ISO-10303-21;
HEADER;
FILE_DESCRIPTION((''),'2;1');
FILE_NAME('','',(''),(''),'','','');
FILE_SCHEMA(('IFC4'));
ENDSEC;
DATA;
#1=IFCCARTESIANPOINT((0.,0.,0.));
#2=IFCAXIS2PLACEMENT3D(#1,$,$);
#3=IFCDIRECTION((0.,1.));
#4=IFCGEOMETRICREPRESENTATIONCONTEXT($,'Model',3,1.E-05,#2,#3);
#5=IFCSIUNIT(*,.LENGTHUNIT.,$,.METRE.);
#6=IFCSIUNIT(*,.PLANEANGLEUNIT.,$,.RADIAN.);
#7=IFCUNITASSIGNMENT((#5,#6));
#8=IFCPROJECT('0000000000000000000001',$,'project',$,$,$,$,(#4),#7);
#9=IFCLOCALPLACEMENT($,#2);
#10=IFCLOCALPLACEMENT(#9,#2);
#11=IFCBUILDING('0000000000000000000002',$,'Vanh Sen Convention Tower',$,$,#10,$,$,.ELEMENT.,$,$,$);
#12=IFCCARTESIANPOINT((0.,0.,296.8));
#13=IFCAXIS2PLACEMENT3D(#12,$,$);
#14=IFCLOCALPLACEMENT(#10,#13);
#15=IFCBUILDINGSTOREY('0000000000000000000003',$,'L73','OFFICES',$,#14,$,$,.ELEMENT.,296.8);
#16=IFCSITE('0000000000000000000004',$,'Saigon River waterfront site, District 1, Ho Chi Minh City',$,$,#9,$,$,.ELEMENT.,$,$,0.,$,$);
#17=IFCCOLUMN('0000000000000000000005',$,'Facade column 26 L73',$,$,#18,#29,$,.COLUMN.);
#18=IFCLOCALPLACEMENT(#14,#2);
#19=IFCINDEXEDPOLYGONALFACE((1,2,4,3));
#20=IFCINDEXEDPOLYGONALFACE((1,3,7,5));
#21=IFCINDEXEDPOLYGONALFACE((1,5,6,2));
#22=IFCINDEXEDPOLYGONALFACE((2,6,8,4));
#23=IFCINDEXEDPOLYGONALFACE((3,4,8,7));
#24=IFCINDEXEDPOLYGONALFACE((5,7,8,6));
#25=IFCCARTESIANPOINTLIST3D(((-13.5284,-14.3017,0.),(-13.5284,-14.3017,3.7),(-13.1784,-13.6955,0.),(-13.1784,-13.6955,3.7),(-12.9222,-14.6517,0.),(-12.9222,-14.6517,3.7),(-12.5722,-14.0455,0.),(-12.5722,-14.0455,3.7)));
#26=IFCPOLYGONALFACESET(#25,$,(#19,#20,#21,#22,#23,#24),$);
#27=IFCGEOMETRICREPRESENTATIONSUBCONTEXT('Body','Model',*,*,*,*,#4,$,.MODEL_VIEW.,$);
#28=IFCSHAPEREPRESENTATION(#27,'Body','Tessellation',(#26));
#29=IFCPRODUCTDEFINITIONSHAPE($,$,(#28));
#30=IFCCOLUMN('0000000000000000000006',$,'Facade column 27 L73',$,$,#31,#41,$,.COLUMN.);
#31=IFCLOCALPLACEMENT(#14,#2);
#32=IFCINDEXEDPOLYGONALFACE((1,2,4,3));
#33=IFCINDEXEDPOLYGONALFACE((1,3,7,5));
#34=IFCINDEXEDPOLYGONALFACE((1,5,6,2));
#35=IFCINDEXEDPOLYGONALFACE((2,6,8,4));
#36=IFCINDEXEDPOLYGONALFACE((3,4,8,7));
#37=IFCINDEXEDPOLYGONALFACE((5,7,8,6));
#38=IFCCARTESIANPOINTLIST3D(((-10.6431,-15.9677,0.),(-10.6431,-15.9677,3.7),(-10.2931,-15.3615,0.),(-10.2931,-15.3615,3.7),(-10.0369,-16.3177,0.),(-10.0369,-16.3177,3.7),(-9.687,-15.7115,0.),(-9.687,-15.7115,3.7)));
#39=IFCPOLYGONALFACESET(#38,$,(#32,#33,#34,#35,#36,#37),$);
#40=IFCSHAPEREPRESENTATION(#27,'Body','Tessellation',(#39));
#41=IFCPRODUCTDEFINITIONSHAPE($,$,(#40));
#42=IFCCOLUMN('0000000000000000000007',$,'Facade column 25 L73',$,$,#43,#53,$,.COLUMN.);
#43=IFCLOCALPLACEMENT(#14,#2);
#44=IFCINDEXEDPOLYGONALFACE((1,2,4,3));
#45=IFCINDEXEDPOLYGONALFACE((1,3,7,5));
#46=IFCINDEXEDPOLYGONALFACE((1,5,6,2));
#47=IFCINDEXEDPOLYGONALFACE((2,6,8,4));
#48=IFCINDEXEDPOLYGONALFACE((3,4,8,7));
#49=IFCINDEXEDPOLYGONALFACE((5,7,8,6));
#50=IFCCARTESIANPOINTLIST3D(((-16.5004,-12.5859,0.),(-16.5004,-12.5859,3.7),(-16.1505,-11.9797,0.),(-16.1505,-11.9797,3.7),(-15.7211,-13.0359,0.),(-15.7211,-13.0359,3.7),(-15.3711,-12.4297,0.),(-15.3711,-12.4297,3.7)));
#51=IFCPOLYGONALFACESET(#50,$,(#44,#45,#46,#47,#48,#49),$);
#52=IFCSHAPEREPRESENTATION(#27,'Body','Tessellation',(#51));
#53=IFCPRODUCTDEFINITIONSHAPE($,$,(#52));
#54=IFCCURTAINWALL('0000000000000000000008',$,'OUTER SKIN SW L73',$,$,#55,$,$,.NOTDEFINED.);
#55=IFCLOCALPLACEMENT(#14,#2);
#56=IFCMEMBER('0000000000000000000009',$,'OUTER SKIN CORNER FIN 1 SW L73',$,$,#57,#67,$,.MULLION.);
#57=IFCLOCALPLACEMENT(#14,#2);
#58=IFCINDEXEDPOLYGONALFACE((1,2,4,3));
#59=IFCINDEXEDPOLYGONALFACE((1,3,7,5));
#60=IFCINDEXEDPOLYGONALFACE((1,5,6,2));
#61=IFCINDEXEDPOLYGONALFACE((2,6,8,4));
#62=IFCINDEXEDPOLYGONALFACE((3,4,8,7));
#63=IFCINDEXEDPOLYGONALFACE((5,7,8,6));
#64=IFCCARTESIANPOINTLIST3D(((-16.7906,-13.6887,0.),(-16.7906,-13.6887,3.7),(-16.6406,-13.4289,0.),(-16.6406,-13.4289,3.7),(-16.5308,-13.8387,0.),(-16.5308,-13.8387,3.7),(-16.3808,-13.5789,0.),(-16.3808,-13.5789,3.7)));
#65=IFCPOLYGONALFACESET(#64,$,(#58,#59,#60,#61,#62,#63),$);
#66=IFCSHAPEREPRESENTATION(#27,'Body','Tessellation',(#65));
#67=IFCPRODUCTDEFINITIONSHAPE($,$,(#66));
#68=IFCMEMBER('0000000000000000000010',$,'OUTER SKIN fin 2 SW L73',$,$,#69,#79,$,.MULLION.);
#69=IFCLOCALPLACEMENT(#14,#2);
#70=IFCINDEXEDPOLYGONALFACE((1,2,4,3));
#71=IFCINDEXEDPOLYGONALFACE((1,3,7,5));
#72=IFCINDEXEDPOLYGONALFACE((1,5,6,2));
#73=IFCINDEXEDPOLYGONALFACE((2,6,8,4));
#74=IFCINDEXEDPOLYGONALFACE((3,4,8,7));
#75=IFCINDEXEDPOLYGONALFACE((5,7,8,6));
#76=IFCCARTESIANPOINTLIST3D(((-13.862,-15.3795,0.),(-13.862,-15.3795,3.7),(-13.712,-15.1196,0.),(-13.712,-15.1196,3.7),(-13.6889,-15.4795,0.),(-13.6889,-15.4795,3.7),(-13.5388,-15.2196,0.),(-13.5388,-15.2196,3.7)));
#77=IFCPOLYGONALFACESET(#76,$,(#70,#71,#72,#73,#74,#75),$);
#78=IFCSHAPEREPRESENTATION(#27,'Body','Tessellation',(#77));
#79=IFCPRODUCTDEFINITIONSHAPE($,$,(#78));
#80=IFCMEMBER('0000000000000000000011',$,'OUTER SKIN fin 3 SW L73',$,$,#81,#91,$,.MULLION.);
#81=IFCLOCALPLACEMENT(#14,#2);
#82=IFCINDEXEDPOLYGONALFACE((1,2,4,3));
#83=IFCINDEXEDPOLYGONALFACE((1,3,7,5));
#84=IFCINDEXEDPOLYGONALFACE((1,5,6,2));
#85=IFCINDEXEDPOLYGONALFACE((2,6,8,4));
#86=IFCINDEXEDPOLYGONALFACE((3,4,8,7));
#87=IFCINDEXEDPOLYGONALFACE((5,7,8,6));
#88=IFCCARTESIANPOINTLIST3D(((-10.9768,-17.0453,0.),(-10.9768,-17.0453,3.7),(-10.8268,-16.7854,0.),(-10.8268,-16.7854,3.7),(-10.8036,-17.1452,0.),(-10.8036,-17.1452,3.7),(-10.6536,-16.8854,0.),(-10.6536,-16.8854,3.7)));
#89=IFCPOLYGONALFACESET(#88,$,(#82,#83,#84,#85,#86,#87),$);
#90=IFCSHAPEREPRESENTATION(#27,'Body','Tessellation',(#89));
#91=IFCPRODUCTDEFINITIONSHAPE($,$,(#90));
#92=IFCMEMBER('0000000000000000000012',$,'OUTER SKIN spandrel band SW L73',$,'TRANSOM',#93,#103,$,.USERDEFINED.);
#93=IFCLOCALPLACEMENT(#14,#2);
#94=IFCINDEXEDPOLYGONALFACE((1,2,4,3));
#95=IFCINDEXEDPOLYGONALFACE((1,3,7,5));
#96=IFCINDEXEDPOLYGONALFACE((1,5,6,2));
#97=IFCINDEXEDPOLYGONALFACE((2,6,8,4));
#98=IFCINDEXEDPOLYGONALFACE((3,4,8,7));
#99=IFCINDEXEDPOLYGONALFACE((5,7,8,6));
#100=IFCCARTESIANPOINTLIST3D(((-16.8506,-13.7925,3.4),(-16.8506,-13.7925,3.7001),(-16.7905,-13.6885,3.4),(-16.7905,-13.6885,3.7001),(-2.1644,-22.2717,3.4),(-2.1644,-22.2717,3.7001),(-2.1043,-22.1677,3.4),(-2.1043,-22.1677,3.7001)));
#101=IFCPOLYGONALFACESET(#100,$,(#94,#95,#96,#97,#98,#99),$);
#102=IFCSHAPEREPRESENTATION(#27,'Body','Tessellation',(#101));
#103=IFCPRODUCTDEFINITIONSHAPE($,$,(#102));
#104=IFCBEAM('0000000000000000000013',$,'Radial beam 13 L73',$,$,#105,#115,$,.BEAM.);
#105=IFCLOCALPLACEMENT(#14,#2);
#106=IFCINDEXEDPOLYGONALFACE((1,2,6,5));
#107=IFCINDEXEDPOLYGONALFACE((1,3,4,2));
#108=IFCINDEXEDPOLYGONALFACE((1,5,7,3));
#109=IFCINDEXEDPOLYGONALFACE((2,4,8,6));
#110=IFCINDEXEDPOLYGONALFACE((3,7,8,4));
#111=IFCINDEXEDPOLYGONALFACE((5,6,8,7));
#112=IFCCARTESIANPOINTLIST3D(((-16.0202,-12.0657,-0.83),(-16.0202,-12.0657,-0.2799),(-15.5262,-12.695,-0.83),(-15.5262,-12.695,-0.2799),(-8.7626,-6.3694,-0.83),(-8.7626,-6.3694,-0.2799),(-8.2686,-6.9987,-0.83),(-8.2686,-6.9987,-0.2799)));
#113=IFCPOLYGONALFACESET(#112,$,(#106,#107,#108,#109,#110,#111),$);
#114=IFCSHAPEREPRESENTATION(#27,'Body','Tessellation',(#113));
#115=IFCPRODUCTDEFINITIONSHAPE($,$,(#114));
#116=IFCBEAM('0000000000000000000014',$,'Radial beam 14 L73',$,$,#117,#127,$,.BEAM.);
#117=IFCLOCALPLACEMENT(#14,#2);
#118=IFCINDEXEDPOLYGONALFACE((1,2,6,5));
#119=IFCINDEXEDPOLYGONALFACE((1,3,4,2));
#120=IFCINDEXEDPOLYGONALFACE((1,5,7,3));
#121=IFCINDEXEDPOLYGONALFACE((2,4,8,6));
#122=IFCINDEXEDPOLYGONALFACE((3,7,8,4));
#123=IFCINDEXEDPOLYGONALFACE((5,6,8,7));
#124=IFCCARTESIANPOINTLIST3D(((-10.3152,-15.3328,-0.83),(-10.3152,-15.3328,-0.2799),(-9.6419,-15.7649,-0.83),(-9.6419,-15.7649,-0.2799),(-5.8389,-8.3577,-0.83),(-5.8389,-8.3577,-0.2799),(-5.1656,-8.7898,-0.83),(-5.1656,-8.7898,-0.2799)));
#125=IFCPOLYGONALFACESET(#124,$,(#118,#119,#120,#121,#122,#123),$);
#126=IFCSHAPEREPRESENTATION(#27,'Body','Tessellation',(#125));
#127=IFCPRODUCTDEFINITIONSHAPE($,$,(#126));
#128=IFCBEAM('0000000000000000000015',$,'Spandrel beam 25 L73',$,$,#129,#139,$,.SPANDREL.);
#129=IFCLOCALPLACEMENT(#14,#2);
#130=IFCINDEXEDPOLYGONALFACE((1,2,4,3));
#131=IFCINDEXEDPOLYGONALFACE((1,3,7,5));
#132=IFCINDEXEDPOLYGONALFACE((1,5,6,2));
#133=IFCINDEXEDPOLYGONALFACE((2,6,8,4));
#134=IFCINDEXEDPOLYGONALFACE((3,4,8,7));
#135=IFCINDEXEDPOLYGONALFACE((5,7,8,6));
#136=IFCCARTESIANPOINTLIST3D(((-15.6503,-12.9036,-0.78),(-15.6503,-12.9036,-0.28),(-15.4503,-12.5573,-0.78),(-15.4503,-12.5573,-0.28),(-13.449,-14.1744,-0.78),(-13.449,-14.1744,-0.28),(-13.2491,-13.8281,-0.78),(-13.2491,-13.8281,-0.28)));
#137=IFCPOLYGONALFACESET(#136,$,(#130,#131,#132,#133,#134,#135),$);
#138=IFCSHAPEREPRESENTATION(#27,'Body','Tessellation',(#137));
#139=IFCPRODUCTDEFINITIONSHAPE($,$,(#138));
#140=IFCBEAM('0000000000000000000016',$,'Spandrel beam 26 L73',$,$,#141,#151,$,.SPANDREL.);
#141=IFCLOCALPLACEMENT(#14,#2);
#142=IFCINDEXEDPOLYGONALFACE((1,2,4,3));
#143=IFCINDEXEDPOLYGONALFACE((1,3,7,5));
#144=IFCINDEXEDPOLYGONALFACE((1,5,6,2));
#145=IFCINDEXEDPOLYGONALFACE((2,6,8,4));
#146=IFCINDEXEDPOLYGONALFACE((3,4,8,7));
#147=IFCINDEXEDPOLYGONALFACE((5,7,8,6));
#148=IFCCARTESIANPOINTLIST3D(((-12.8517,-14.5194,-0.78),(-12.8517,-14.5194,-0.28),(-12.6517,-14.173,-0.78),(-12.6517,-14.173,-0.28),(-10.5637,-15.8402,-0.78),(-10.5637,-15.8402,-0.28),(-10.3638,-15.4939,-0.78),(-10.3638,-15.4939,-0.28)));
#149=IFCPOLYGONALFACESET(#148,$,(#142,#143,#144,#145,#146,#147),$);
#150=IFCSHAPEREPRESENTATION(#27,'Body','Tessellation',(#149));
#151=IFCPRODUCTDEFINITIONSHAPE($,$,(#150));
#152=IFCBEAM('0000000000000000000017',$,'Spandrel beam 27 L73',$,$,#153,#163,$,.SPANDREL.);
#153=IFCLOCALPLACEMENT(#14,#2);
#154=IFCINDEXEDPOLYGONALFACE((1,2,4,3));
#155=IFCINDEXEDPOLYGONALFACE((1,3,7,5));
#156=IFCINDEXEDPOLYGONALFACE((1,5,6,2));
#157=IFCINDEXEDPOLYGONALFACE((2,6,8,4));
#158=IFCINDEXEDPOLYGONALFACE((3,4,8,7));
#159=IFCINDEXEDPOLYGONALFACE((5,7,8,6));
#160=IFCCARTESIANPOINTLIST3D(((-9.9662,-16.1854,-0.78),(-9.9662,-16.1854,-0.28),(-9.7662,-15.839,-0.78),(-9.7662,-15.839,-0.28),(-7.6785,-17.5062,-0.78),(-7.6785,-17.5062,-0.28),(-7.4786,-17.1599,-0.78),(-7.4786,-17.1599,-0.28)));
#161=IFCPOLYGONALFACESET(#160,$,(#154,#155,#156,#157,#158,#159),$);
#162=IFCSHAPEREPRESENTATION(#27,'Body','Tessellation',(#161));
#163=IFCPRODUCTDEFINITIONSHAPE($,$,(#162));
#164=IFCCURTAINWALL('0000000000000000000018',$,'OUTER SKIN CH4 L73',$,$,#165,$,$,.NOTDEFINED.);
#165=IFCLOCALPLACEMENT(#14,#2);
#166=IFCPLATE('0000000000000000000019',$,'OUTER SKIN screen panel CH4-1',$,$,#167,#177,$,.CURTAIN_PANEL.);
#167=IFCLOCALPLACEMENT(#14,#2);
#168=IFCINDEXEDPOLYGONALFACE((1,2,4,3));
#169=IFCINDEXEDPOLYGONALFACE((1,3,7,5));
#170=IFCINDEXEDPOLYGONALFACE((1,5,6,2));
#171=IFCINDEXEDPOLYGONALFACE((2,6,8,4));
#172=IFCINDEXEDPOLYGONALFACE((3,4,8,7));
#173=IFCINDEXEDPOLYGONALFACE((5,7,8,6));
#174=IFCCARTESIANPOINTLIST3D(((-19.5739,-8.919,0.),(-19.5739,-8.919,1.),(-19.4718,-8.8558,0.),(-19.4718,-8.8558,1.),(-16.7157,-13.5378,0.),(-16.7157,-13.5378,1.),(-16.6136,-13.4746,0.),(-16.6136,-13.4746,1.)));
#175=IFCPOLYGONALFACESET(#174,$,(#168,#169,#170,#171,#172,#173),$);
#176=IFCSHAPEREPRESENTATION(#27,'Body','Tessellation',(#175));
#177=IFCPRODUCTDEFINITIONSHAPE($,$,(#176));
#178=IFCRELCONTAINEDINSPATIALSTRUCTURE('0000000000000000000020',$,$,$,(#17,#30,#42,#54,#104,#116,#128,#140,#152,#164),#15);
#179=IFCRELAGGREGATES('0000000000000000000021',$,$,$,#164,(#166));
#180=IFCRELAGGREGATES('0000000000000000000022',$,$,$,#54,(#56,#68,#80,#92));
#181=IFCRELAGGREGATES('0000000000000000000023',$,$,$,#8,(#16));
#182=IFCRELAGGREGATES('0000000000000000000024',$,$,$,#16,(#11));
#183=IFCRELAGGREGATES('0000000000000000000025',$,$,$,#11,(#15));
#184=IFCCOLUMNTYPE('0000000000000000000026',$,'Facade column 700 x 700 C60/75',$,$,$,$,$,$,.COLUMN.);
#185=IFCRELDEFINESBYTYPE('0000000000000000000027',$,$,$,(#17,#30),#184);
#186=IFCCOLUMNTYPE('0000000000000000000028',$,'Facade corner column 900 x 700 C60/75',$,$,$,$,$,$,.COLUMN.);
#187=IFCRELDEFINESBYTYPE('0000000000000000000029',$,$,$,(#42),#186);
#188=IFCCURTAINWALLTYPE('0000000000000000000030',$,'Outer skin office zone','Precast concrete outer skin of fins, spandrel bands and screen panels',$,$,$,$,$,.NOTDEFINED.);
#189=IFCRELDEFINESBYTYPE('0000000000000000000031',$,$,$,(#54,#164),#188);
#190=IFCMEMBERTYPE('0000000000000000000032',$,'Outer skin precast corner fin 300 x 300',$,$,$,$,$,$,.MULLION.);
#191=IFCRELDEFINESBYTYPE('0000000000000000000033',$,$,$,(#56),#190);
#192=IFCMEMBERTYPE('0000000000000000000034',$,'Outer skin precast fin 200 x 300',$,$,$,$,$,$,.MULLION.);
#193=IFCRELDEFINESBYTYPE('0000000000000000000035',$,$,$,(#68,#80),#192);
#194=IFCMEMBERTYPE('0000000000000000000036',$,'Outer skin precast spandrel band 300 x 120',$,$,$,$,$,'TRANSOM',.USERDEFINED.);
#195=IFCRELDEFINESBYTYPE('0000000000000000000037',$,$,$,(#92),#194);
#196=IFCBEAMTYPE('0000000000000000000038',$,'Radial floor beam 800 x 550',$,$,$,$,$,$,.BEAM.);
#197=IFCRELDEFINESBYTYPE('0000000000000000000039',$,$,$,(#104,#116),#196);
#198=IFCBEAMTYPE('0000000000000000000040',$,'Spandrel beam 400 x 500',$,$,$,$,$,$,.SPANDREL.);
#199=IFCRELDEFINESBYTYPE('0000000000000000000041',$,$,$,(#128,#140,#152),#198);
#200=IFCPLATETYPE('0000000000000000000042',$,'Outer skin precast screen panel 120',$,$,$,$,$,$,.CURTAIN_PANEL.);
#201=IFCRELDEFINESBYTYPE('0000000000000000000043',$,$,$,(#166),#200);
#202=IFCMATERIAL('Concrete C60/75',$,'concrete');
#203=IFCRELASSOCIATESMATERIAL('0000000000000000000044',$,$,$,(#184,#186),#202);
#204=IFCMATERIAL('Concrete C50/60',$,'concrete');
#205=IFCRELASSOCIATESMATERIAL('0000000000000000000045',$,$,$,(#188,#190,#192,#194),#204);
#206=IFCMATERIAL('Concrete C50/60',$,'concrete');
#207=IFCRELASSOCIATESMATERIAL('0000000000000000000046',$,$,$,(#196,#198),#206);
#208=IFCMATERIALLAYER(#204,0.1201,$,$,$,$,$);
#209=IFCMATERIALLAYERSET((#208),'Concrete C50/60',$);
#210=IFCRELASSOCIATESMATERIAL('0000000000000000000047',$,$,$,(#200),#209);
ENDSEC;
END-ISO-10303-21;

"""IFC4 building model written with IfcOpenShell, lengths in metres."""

from ifc_helpers import new_model, si_unit, direction, frame, origin, origin_2d, place, context, subcontext, project, spatial, rectangle, extrude, material, layer, layer_set, material_profile, profile_set, type_object, element, aggregate, save


model = new_model("IFC4")

# Units and contexts
model_context = context("Model", 3, precision=1e-05, world=origin(), true_north=direction((0.0, 1.0)))
body_context = subcontext(model_context, "Body", "Model", "MODEL_VIEW")
ifc_project = project(units=[si_unit("LENGTHUNIT", "METRE"), si_unit("PLANEANGLEUNIT", "RADIAN")], contexts=[model_context])

# Site, building, storey
site_placement = place(None, origin())
site = spatial("IfcSite", under=ifc_project, at=site_placement, Name="Saigon River waterfront site, District 1, Ho Chi Minh City", CompositionType="ELEMENT", RefElevation=0.0)
building_placement = place(site_placement, origin())
building = spatial("IfcBuilding", under=site, at=building_placement, Name="Vanh Sen Convention Tower", CompositionType="ELEMENT")
storey_placement = place(building_placement, frame((0.0, 0.0, 296.8)))
storey = spatial("IfcBuildingStorey", under=building, at=storey_placement, Name="L73", Description="OFFICES", CompositionType="ELEMENT", Elevation=296.8)

# Columns
ifc_material_1 = material(Name="Concrete C60/75", Category="concrete")
ifc_material_profile_1 = material_profile(ifc_material_1, rectangle(XDim=0.7, YDim=0.7, at=origin_2d()), Name="RC 700X700")
ifc_profile_set_1 = profile_set([ifc_material_profile_1], Name="Concrete C60/75")
column_type_1 = type_object("IfcColumnType", Name="Facade column 700 x 700 C60/75", PredefinedType="COLUMN", material=ifc_profile_set_1)
for number, where, z_axis, x_axis, name in (
    (1, (-13.0503, -14.1736, 0.0), (0.0, 0.0, 1.0), (0.866025, -0.5, 0.0), "Facade column 26 L73"),
    (2, (-10.165, -15.8396, 0.0), (0.0, 0.0, 1.0), (0.866025, -0.5, 0.0), "Facade column 27 L73"),
):
    element("IfcColumn", number, at=place(storey_placement, frame(where, z_axis=z_axis, x_axis=x_axis)), inside=storey, type_object=column_type_1, Name=name, PredefinedType="COLUMN", context=body_context, shape_type="SweptSolid", body=[
        extrude(rectangle(XDim=0.7, YDim=0.7, at=origin_2d()), origin(), (0.0, 0.0, 1.0), 3.7),
    ])
ifc_material_profile_2 = material_profile(ifc_material_1, rectangle(XDim=0.8999, YDim=0.7, at=origin_2d()), Name="RC 900X700")
ifc_profile_set_2 = profile_set([ifc_material_profile_2], Name="Concrete C60/75")
column_type_2 = type_object("IfcColumnType", Name="Facade corner column 900 x 700 C60/75", PredefinedType="COLUMN", material=ifc_profile_set_2)
column_placement = place(storey_placement, frame((-15.9358, -12.5078, 0.0), z_axis=(0.0, 0.0, 1.0), x_axis=(0.866025, -0.5, 0.0)))
element("IfcColumn", 3, at=column_placement, inside=storey, type_object=column_type_2, Name="Facade column 25 L73", PredefinedType="COLUMN", context=body_context, shape_type="SweptSolid", body=[
    extrude(rectangle(XDim=0.8999, YDim=0.7, at=origin_2d()), origin(), (0.0, 0.0, 1.0), 3.7),
])

# Curtain wall, members
ifc_material_2 = material(Name="Concrete C50/60", Category="concrete")
curtain_wall_type = type_object("IfcCurtainWallType", Name="Outer skin office zone", Description="Precast concrete outer skin of fins, spandrel bands and screen panels", PredefinedType="NOTDEFINED", material=ifc_material_2)
curtain_wall_1_placement = place(storey_placement, origin())
curtain_wall_1 = element("IfcCurtainWall", 4, at=curtain_wall_1_placement, inside=storey, type_object=curtain_wall_type, Name="OUTER SKIN SW L73", PredefinedType="NOTDEFINED")
ifc_material_profile_3 = material_profile(ifc_material_2, rectangle(XDim=0.3, YDim=0.3, at=origin_2d()), Name="Outer skin precast corner fin 300 x 300")
ifc_profile_set_3 = profile_set([ifc_material_profile_3], Name="Concrete C50/60")
member_type_1 = type_object("IfcMemberType", Name="Outer skin precast corner fin 300 x 300", PredefinedType="MULLION", material=ifc_profile_set_3)
member_1_placement = place(storey_placement, frame((-16.5857, -13.6338, 0.0), z_axis=(0.0, 0.0, 1.0), x_axis=(0.866025, -0.5, 0.0)))
member_1 = element("IfcMember", 5, at=member_1_placement, type_object=member_type_1, Name="OUTER SKIN CORNER FIN 1 SW L73", PredefinedType="MULLION", context=body_context, shape_type="SweptSolid", body=[
    extrude(rectangle(XDim=0.3, YDim=0.3, at=origin_2d()), origin(), (0.0, 0.0, 1.0), 3.7),
])
ifc_material_profile_4 = material_profile(ifc_material_2, rectangle(XDim=0.2, YDim=0.3, at=origin_2d()), Name="Outer skin precast fin 200 x 300")
ifc_profile_set_4 = profile_set([ifc_material_profile_4], Name="Concrete C50/60")
member_type_2 = type_object("IfcMemberType", Name="Outer skin precast fin 200 x 300", PredefinedType="MULLION", material=ifc_profile_set_4)
member_2_placement = place(storey_placement, frame((-13.7004, -15.2996, 0.0), z_axis=(0.0, 0.0, 1.0), x_axis=(0.866025, -0.5, 0.0)))
member_2 = element("IfcMember", 6, at=member_2_placement, type_object=member_type_2, Name="OUTER SKIN fin 2 SW L73", PredefinedType="MULLION", context=body_context, shape_type="SweptSolid", body=[
    extrude(rectangle(XDim=0.2, YDim=0.3, at=origin_2d()), origin(), (0.0, 0.0, 1.0), 3.7),
])
member_3_placement = place(storey_placement, frame((-10.8152, -16.9653, 0.0), z_axis=(0.0, 0.0, 1.0), x_axis=(0.866025, -0.5, 0.0)))
member_3 = element("IfcMember", 7, at=member_3_placement, type_object=member_type_2, Name="OUTER SKIN fin 3 SW L73", PredefinedType="MULLION", context=body_context, shape_type="SweptSolid", body=[
    extrude(rectangle(XDim=0.2, YDim=0.3, at=origin_2d()), origin(), (0.0, 0.0, 1.0), 3.7),
])
ifc_material_profile_5 = material_profile(ifc_material_2, rectangle(XDim=0.1201, YDim=0.3, at=origin_2d()), Name="Outer skin precast spandrel band 300 x 120")
ifc_profile_set_5 = profile_set([ifc_material_profile_5], Name="Concrete C50/60")
member_type_3 = type_object("IfcMemberType", Name="Outer skin precast spandrel band 300 x 120", ElementType="TRANSOM", PredefinedType="USERDEFINED", material=ifc_profile_set_5)
member_4_placement = place(storey_placement, frame((-16.8206, -13.7405, 3.55), z_axis=(0.866022, -0.500005, 0.0), x_axis=(0.500005, 0.866022, 0.0)))
member_4 = element("IfcMember", 8, at=member_4_placement, type_object=member_type_3, Name="OUTER SKIN spandrel band SW L73", ObjectType="TRANSOM", PredefinedType="USERDEFINED", context=body_context, shape_type="SweptSolid", body=[
    extrude(rectangle(XDim=0.1201, YDim=0.3, at=origin_2d()), origin(), (0.0, 0.0, 1.0), 16.9583),
])

# Beams
ifc_material_3 = material(Name="Concrete C50/60", Category="concrete")
ifc_material_profile_6 = material_profile(ifc_material_3, rectangle(XDim=0.8, YDim=0.55, at=origin_2d()), Name="RC 800X550")
ifc_profile_set_6 = profile_set([ifc_material_profile_6], Name="Concrete C50/60")
beam_type_1 = type_object("IfcBeamType", Name="Radial floor beam 800 x 550", PredefinedType="BEAM", material=ifc_profile_set_6)
beam_1_placement = place(storey_placement, frame((-15.7732, -12.3804, -0.5549), z_axis=(0.786639, 0.617414, 0.0), x_axis=(-0.617414, 0.786639, 0.0)))
element("IfcBeam", 9, at=beam_1_placement, inside=storey, type_object=beam_type_1, Name="Radial beam 13 L73", PredefinedType="BEAM", context=body_context, shape_type="SweptSolid", body=[
    extrude(rectangle(XDim=0.8, YDim=0.55, at=origin_2d()), origin(), (0.0, 0.0, 1.0), 9.2261),
])
beam_2_placement = place(storey_placement, frame((-9.9785, -15.5488, -0.5549), z_axis=(0.540102, 0.841599, 0.0), x_axis=(-0.841599, 0.540102, 0.0)))
element("IfcBeam", 10, at=beam_2_placement, inside=storey, type_object=beam_type_1, Name="Radial beam 14 L73", PredefinedType="BEAM", context=body_context, shape_type="SweptSolid", body=[
    extrude(rectangle(XDim=0.8, YDim=0.55, at=origin_2d()), origin(), (0.0, 0.0, 1.0), 8.2878),
])
ifc_material_profile_7 = material_profile(ifc_material_3, rectangle(XDim=0.3999, YDim=0.5, at=origin_2d()), Name="RC 400X500")
ifc_profile_set_7 = profile_set([ifc_material_profile_7], Name="Concrete C50/60")
beam_type_2 = type_object("IfcBeamType", Name="Spandrel beam 400 x 500", PredefinedType="SPANDREL", material=ifc_profile_set_7)
beam_3_placement = place(storey_placement, frame((-15.5503, -12.7305, -0.53), z_axis=(0.866042, -0.499972, 0.0), x_axis=(0.499972, 0.866042, 0.0)))
element("IfcBeam", 11, at=beam_3_placement, inside=storey, type_object=beam_type_2, Name="Spandrel beam 25 L73", PredefinedType="SPANDREL", context=body_context, shape_type="SweptSolid", body=[
    extrude(rectangle(XDim=0.3999, YDim=0.5, at=origin_2d()), origin(), (0.0, 0.0, 1.0), 2.5417),
])
beam_4_placement = place(storey_placement, frame((-12.7517, -14.3462, -0.53), z_axis=(0.866039, -0.499976, 0.0), x_axis=(0.499976, 0.866039, 0.0)))
element("IfcBeam", 12, at=beam_4_placement, inside=storey, type_object=beam_type_2, Name="Spandrel beam 26 L73", PredefinedType="SPANDREL", context=body_context, shape_type="SweptSolid", body=[
    extrude(rectangle(XDim=0.3999, YDim=0.5, at=origin_2d()), origin(), (0.0, 0.0, 1.0), 2.6418),
])
beam_5_placement = place(storey_placement, frame((-9.8662, -16.0122, -0.53), z_axis=(0.866016, -0.500016, 0.0), x_axis=(0.500016, 0.866016, 0.0)))
element("IfcBeam", 13, at=beam_5_placement, inside=storey, type_object=beam_type_2, Name="Spandrel beam 27 L73", PredefinedType="SPANDREL", context=body_context, shape_type="SweptSolid", body=[
    extrude(rectangle(XDim=0.3999, YDim=0.5, at=origin_2d()), origin(), (0.0, 0.0, 1.0), 2.6416),
])

# Curtain wall, plate
curtain_wall_2_placement = place(storey_placement, origin())
curtain_wall_2 = element("IfcCurtainWall", 14, at=curtain_wall_2_placement, inside=storey, type_object=curtain_wall_type, Name="OUTER SKIN CH4 L73", PredefinedType="NOTDEFINED")
ifc_layer_1 = layer(ifc_material_2, 0.1201)
ifc_layer_set_1 = layer_set([ifc_layer_1], Name="Concrete C50/60")
plate_type = type_object("IfcPlateType", Name="Outer skin precast screen panel 120", PredefinedType="CURTAIN_PANEL", material=ifc_layer_set_1)
plate_1_placement = place(storey_placement, frame((-18.0938, -11.1968, 0.0), z_axis=(0.0, 0.0, 1.0), x_axis=(0.526211, -0.850354, 0.0)))
plate_1 = element("IfcPlate", 15, at=plate_1_placement, type_object=plate_type, Name="OUTER SKIN screen panel CH4-1", PredefinedType="CURTAIN_PANEL", context=body_context, shape_type="SweptSolid", body=[
    extrude(rectangle(XDim=5.4316, YDim=0.1201, at=origin_2d()), origin(), (0.0, 0.0, 1.0), 1.0),
])
aggregate(curtain_wall_2, [plate_1])

aggregate(curtain_wall_1, [member_1, member_2, member_3, member_4])

save(model, "model.ifc")
